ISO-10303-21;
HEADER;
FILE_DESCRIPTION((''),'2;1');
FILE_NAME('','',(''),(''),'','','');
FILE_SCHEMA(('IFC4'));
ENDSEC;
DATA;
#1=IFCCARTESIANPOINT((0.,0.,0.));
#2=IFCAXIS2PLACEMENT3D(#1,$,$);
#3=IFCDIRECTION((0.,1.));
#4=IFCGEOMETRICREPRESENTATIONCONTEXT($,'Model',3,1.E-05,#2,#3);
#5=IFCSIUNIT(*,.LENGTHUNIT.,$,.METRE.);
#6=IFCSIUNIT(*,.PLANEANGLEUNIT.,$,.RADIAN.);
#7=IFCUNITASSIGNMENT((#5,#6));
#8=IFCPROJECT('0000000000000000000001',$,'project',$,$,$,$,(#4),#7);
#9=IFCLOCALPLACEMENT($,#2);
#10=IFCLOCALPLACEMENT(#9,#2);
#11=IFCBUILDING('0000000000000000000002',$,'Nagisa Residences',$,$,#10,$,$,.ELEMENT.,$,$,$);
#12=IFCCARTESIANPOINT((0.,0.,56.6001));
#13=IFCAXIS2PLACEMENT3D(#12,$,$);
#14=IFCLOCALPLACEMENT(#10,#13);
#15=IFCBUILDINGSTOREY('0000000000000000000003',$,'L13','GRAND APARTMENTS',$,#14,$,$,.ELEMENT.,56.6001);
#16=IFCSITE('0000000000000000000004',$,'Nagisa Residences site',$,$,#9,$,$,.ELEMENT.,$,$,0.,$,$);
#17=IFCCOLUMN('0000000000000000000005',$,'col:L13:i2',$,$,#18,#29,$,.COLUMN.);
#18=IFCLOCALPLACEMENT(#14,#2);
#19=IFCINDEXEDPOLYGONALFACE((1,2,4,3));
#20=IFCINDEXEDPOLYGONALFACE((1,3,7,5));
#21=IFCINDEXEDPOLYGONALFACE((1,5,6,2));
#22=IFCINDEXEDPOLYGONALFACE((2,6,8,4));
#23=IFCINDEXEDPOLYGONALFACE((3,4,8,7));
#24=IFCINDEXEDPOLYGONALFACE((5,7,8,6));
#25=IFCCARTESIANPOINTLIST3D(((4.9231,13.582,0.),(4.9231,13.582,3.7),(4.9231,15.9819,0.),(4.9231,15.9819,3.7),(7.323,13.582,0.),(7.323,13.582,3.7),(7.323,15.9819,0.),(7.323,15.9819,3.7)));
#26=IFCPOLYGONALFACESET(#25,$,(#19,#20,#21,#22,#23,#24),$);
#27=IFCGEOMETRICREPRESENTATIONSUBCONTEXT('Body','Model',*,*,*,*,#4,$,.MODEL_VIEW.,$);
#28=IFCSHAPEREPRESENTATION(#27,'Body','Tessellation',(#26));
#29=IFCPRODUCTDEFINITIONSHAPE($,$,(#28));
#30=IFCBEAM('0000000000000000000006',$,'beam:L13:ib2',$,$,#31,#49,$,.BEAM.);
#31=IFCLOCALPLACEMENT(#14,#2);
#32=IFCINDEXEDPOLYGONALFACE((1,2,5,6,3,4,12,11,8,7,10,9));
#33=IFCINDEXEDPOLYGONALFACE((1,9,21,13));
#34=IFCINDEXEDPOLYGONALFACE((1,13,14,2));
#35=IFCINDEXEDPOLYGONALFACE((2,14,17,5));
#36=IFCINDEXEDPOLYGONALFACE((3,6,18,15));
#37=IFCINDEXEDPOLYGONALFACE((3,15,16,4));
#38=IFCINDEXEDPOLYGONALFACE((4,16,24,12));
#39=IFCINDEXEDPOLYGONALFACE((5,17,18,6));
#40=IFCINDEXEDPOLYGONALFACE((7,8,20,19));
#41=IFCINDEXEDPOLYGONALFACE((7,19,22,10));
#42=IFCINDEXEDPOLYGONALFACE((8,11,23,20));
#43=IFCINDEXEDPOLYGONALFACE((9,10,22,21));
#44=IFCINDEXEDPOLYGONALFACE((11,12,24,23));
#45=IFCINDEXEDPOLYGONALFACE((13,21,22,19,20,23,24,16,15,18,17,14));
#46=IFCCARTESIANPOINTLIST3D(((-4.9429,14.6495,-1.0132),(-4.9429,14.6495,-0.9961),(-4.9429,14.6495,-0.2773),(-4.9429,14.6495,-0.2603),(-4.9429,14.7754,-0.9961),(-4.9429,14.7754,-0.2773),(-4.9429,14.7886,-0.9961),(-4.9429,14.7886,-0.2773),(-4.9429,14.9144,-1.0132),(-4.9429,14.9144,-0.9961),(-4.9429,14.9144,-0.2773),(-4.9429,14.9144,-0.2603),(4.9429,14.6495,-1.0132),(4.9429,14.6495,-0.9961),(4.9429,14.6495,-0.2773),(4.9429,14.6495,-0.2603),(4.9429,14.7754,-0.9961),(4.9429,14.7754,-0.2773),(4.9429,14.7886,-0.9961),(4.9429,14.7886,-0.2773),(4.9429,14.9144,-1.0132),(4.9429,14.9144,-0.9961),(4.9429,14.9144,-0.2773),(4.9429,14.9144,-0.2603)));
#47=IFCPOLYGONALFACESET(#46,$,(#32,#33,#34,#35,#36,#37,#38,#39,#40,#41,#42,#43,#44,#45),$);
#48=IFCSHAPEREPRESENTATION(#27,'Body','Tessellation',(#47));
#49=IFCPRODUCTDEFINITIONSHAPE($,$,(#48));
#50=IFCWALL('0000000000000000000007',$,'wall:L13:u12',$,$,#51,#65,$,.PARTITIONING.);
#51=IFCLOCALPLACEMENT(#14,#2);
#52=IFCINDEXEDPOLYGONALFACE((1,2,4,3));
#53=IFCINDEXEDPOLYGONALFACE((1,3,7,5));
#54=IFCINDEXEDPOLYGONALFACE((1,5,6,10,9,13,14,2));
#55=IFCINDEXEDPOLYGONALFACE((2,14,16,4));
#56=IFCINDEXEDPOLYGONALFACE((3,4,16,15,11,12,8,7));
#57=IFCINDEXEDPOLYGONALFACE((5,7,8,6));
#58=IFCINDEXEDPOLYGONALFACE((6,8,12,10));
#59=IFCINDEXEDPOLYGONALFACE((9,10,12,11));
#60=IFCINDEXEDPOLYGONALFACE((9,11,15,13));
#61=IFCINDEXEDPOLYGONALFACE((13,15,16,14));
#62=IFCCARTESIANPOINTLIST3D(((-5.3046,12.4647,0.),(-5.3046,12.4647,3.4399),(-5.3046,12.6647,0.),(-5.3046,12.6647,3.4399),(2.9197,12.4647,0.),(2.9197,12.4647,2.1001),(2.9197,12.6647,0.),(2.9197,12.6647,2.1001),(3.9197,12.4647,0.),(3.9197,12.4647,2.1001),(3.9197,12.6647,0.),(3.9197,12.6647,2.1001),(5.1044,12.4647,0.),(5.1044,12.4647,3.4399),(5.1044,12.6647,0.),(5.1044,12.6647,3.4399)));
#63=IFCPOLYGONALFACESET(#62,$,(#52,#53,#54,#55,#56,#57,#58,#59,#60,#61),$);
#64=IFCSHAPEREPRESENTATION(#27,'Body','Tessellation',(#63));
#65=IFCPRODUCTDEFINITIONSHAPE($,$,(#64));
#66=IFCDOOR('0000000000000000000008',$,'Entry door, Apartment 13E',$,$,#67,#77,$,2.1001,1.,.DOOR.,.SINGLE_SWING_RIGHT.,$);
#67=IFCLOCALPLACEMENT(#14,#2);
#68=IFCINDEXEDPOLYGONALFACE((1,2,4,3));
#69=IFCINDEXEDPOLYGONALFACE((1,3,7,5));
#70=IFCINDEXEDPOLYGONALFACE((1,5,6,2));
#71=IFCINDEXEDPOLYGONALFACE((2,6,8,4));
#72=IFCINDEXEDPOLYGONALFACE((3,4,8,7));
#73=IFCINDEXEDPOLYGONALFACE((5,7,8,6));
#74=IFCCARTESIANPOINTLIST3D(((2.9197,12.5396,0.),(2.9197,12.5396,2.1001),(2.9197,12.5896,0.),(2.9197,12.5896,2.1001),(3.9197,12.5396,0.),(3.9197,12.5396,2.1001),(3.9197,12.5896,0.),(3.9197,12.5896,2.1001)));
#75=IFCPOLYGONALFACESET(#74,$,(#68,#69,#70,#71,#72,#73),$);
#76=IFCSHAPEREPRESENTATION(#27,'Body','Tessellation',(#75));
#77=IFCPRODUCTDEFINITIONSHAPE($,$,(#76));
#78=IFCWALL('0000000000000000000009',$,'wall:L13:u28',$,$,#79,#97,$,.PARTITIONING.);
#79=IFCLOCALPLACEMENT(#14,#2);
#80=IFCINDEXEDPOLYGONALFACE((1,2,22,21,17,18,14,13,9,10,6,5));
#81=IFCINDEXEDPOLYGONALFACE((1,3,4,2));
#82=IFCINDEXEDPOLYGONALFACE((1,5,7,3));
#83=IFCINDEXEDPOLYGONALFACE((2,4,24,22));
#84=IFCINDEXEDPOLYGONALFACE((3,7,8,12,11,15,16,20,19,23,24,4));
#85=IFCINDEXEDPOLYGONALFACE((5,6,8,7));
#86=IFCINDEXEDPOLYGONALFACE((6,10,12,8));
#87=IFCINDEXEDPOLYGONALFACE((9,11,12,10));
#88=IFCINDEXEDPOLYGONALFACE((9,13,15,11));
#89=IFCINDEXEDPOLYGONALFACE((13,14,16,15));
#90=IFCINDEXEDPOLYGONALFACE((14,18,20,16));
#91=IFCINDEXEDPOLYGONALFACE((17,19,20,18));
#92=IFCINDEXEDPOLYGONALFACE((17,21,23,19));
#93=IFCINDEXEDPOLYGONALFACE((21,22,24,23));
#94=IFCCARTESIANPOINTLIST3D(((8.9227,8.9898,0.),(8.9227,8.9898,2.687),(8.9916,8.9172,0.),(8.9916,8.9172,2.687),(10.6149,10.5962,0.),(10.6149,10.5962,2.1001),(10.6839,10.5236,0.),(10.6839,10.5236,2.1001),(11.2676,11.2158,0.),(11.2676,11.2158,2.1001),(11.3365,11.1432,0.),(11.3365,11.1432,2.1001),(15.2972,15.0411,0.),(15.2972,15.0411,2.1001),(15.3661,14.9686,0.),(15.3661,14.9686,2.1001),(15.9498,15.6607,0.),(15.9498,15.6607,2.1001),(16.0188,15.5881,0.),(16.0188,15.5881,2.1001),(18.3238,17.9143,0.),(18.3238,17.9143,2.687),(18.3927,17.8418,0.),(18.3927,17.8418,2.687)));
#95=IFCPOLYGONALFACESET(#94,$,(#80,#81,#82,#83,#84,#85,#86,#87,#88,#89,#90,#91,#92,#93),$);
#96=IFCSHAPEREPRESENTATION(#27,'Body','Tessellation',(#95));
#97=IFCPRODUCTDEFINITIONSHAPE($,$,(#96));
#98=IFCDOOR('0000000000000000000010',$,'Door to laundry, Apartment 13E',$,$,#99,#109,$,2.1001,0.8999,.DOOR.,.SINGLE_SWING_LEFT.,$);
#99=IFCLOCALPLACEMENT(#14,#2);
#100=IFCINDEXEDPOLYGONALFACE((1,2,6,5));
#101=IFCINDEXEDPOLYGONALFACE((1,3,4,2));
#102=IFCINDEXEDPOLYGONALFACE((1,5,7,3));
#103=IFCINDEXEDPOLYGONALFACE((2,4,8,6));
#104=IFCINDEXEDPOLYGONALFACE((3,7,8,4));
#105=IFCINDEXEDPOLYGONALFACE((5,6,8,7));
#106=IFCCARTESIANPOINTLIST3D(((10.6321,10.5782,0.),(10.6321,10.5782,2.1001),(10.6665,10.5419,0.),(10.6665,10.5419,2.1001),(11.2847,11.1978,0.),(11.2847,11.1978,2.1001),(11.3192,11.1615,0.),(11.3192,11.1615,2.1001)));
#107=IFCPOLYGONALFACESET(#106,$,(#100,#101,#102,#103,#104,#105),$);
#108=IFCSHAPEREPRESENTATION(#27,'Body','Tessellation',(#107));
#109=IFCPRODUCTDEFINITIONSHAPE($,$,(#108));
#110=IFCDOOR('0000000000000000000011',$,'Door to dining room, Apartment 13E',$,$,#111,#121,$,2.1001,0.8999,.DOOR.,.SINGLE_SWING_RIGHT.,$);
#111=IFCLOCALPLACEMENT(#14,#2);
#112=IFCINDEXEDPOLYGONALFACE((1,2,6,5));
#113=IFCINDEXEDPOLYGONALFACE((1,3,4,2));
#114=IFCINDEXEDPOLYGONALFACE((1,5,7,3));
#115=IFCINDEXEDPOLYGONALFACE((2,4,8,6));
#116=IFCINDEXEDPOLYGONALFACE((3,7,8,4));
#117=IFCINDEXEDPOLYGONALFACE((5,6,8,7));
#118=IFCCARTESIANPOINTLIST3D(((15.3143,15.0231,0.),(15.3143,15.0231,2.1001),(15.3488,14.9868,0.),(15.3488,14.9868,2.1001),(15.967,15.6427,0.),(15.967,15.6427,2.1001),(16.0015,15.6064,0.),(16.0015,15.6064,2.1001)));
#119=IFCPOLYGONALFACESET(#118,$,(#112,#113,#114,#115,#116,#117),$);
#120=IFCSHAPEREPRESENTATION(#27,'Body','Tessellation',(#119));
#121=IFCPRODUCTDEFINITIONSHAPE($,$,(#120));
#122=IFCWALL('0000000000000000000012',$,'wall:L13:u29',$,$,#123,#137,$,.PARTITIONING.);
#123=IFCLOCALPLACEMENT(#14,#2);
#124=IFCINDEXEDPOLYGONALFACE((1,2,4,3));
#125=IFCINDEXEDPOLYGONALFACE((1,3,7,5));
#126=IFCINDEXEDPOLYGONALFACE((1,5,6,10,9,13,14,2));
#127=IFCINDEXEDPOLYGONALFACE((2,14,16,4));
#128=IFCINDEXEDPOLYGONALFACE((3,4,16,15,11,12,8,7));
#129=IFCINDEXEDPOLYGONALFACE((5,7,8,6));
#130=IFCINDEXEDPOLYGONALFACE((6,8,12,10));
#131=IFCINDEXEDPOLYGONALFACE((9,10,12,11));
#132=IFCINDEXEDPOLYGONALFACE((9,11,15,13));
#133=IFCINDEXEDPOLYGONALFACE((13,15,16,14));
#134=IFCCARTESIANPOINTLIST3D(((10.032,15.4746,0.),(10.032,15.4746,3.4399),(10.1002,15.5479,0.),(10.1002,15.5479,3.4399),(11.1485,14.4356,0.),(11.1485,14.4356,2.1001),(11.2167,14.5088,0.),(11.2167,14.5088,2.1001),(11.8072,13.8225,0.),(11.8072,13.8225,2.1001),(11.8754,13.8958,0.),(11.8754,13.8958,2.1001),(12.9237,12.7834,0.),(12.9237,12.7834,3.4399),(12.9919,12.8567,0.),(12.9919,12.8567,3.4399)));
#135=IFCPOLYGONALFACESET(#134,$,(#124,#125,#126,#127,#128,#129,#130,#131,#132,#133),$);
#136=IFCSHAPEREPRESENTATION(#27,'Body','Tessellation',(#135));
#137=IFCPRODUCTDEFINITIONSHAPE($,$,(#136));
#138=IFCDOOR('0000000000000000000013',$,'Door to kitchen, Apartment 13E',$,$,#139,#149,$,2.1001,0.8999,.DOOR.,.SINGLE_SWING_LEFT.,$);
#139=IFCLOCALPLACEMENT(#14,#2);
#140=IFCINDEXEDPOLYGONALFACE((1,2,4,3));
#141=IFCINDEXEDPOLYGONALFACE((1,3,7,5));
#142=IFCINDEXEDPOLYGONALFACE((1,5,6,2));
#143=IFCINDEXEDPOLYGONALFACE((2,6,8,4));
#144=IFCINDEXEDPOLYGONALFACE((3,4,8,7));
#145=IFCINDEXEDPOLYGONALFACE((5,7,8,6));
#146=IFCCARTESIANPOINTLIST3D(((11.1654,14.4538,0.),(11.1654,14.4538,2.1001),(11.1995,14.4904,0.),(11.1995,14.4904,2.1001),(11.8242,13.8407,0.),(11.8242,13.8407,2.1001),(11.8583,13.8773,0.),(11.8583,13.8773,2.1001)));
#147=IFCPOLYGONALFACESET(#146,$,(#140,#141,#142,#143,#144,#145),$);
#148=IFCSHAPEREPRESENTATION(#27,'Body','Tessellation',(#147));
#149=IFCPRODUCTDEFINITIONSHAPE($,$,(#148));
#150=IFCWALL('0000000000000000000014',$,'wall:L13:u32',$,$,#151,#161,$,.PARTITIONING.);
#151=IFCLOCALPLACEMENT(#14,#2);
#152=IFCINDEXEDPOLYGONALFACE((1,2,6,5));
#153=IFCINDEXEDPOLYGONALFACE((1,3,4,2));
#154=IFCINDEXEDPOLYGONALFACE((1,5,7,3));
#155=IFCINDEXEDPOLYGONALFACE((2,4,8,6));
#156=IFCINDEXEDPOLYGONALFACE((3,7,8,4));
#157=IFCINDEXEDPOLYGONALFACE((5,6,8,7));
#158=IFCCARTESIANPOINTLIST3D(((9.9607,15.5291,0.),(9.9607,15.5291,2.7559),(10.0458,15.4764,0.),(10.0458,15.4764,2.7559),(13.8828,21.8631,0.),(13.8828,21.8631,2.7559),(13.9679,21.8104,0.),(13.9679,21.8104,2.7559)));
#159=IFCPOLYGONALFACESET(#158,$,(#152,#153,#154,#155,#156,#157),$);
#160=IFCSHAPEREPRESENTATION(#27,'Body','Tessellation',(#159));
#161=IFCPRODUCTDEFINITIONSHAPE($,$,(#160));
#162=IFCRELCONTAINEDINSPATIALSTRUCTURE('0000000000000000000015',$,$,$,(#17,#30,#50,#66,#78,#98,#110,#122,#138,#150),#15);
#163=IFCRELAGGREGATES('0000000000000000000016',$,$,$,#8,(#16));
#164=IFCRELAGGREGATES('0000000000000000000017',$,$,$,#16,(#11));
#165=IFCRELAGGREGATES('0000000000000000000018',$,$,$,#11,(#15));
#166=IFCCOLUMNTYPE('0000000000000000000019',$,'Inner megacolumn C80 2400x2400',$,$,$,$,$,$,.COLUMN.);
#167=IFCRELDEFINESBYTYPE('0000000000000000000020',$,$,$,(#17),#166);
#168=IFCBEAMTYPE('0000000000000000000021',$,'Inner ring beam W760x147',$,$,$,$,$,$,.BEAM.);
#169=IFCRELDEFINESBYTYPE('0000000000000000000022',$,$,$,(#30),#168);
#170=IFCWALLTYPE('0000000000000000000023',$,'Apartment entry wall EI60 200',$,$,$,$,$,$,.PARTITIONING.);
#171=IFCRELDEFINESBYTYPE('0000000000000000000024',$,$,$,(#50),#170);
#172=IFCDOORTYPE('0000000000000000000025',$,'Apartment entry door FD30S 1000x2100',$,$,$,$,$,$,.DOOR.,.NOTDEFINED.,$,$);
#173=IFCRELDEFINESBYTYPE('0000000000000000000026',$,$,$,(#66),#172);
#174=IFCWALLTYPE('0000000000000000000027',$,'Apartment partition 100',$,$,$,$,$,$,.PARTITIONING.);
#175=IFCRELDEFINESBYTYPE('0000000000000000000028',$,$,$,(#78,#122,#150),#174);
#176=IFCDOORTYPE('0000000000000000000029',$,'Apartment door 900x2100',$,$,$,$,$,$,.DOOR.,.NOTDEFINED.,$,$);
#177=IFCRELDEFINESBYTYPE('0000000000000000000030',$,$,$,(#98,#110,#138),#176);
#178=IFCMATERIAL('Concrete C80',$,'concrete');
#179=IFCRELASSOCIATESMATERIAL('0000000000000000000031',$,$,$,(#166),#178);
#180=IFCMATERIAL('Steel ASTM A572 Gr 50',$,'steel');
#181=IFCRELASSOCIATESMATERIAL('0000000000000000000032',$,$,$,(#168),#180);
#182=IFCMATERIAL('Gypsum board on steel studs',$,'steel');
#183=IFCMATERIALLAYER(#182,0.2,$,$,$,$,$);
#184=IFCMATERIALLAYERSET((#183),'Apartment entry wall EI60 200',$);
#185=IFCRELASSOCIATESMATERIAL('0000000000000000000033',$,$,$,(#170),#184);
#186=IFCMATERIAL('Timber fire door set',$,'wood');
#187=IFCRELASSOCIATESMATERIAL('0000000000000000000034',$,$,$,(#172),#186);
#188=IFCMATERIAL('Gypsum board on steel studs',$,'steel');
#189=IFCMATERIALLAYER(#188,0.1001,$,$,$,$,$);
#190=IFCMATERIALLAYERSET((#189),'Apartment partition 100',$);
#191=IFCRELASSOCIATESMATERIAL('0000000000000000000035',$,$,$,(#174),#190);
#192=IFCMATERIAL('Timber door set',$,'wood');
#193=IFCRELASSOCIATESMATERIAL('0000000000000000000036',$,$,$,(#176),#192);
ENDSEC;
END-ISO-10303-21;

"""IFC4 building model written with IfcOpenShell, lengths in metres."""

from ifc_helpers import new_model, si_unit, direction, frame, frame_2d, origin, origin_2d, place, context, subcontext, project, spatial, rectangle, i_section, extrude, material, layer, layer_set, material_profile, profile_set, type_object, element, fill, save


model = new_model("IFC4")

# Units and contexts
model_context = context("Model", 3, precision=1e-05, world=origin(), true_north=direction((0.0, 1.0)))
body_context = subcontext(model_context, "Body", "Model", "MODEL_VIEW")
ifc_project = project(units=[si_unit("LENGTHUNIT", "METRE"), si_unit("PLANEANGLEUNIT", "RADIAN")], contexts=[model_context])

# Site, building, storey
site_placement = place(None, origin())
site = spatial("IfcSite", under=ifc_project, at=site_placement, Name="Nagisa Residences site", CompositionType="ELEMENT", RefElevation=0.0)
building_placement = place(site_placement, origin())
building = spatial("IfcBuilding", under=site, at=building_placement, Name="Nagisa Residences", CompositionType="ELEMENT")
storey_placement = place(building_placement, frame((0.0, 0.0, 56.6001)))
storey = spatial("IfcBuildingStorey", under=building, at=storey_placement, Name="L13", Description="GRAND APARTMENTS", CompositionType="ELEMENT", Elevation=56.6001)

# Column
ifc_material_1 = material(Name="Concrete C80", Category="concrete")
ifc_material_profile_1 = material_profile(ifc_material_1, rectangle(XDim=2.3999, YDim=2.3999, at=origin_2d()), Name="C80 2400x2400")
ifc_profile_set_1 = profile_set([ifc_material_profile_1], Name="Concrete C80")
column_type = type_object("IfcColumnType", Name="Inner megacolumn C80 2400x2400", PredefinedType="COLUMN", material=ifc_profile_set_1)
column_placement = place(storey_placement, frame((6.123, 14.782, 0.0), z_axis=(0.0, 0.0, 1.0), x_axis=(1.0, 0.0, 0.0)))
element("IfcColumn", 1, at=column_placement, inside=storey, type_object=column_type, Name="col:L13:i2", PredefinedType="COLUMN", context=body_context, shape_type="SweptSolid", body=[
    extrude(rectangle(XDim=2.3999, YDim=2.3999, at=origin_2d()), origin(), (0.0, 0.0, 1.0), 3.7),
])

# Beam
ifc_material_2 = material(Name="Steel ASTM A572 Gr 50", Category="steel")
ifc_material_profile_2 = material_profile(ifc_material_2, i_section(OverallWidth=0.2649, OverallDepth=0.7529, WebThickness=0.0132, FlangeThickness=0.0171, at=origin_2d()), Name="W760x147")
ifc_profile_set_2 = profile_set([ifc_material_profile_2], Name="Steel ASTM A572 Gr 50")
beam_type = type_object("IfcBeamType", Name="Inner ring beam W760x147", PredefinedType="BEAM", material=ifc_profile_set_2)
beam_placement = place(storey_placement, frame((4.9429, 14.782, -0.6367), z_axis=(-1.0, 0.0, 0.0), x_axis=(0.0, -1.0, 0.0)))
element("IfcBeam", 2, at=beam_placement, inside=storey, type_object=beam_type, Name="beam:L13:ib2", PredefinedType="BEAM", context=body_context, shape_type="SweptSolid", body=[
    extrude(i_section(OverallWidth=0.2649, OverallDepth=0.7529, WebThickness=0.0132, FlangeThickness=0.0171, at=origin_2d()), origin(), (0.0, 0.0, 1.0), 9.8857),
])

# Wall, opening, door
ifc_material_3 = material(Name="Gypsum board on steel studs", Category="steel")
ifc_layer_1 = layer(ifc_material_3, 0.2)
ifc_layer_set_1 = layer_set([ifc_layer_1], Name="Apartment entry wall EI60 200")
wall_type_1 = type_object("IfcWallType", Name="Apartment entry wall EI60 200", PredefinedType="PARTITIONING", material=ifc_layer_set_1)
wall_1_placement = place(storey_placement, frame((5.1045, 12.5647, 0.0), z_axis=(0.0, 0.0, 1.0), x_axis=(-1.0, 0.0, 0.0)))
wall_1 = element("IfcWall", 3, at=wall_1_placement, inside=storey, type_object=wall_type_1, Name="wall:L13:u12", PredefinedType="PARTITIONING", context=body_context, shape_type="SweptSolid", body=[
    extrude(rectangle(XDim=10.4089, YDim=0.2, at=frame_2d((5.2046, 0.0))), origin(), (0.0, 0.0, 1.0), 3.4399),
])
opening_1_placement = place(wall_1_placement, frame((1.1848, 0.0, 0.0)))
opening_1 = element("IfcOpeningElement", 4, at=opening_1_placement, cuts=wall_1, PredefinedType="OPENING", context=body_context, shape_type="SweptSolid", body=[
    extrude(rectangle(XDim=1.0, YDim=2.1001, at=frame_2d((0.5, 1.05))), frame((0.0, 0.1099, 0.0), z_axis=(0.0, -1.0, 0.0), x_axis=(1.0, 0.0, 0.0)), (0.0, 0.0, 1.0), 0.22),
])
ifc_material_4 = material(Name="Timber fire door set", Category="wood")
door_type_1 = type_object("IfcDoorType", Name="Apartment entry door FD30S 1000x2100", OperationType="NOTDEFINED", PredefinedType="DOOR", material=ifc_material_4)
door_1_placement = place(opening_1_placement, frame((1.0, 0.0, 0.0), x_axis=(-1.0, 0.0, 0.0)))
door_1 = element("IfcDoor", 5, at=door_1_placement, inside=storey, type_object=door_type_1, Name="Entry door, Apartment 13E", OperationType="SINGLE_SWING_RIGHT", OverallHeight=2.1001, OverallWidth=1.0, PredefinedType="DOOR", context=body_context, shape_type="SweptSolid", body=[
    extrude(rectangle(XDim=1.0, YDim=2.1001, at=frame_2d((0.5, 1.05))), frame((0.0, 0.0249, 0.0), z_axis=(0.0, -1.0, 0.0), x_axis=(1.0, 0.0, 0.0)), (0.0, 0.0, 1.0), 0.05),
])
fill(opening_1, door_1)

# Wall, openings, doors
ifc_material_5 = material(Name="Gypsum board on steel studs", Category="steel")
ifc_layer_2 = layer(ifc_material_5, 0.1001)
ifc_layer_set_2 = layer_set([ifc_layer_2], Name="Apartment partition 100")
wall_type_2 = type_object("IfcWallType", Name="Apartment partition 100", PredefinedType="PARTITIONING", material=ifc_layer_set_2)
wall_2_placement = place(storey_placement, frame((8.957, 8.9534, 0.0), z_axis=(0.0, 0.0, 1.0), x_axis=(0.72525, 0.688486, 0.0)))
wall_2 = element("IfcWall", 6, at=wall_2_placement, inside=storey, type_object=wall_type_2, Name="wall:L13:u28", PredefinedType="PARTITIONING", context=body_context, shape_type="SweptSolid", body=[
    extrude(rectangle(XDim=12.9626, YDim=0.1001, at=frame_2d((6.4814, 0.0))), origin(), (0.0, 0.0, 1.0), 2.687),
])
opening_2_placement = place(wall_2_placement, frame((2.3335, 0.0, 0.0)))
opening_2 = element("IfcOpeningElement", 7, at=opening_2_placement, cuts=wall_2, PredefinedType="OPENING", context=body_context, shape_type="SweptSolid", body=[
    extrude(rectangle(XDim=0.8999, YDim=2.1001, at=frame_2d((0.45, 1.05))), frame((0.0, 0.0601, 0.0), z_axis=(0.0, -1.0, 0.0), x_axis=(1.0, 0.0, 0.0)), (0.0, 0.0, 1.0), 0.1201),
])
opening_3_placement = place(wall_2_placement, frame((8.7896, 0.0, 0.0)))
opening_3 = element("IfcOpeningElement", 8, at=opening_3_placement, cuts=wall_2, PredefinedType="OPENING", context=body_context, shape_type="SweptSolid", body=[
    extrude(rectangle(XDim=0.8999, YDim=2.1001, at=frame_2d((0.45, 1.05))), frame((0.0, 0.0601, 0.0), z_axis=(0.0, -1.0, 0.0), x_axis=(1.0, 0.0, 0.0)), (0.0, 0.0, 1.0), 0.1201),
])
ifc_material_6 = material(Name="Timber door set", Category="wood")
door_type_2 = type_object("IfcDoorType", Name="Apartment door 900x2100", OperationType="NOTDEFINED", PredefinedType="DOOR", material=ifc_material_6)
door_2_placement = place(opening_2_placement, frame((0.8999, 0.0, 0.0), x_axis=(-1.0, 0.0, 0.0)))
door_2 = element("IfcDoor", 9, at=door_2_placement, inside=storey, type_object=door_type_2, Name="Door to laundry, Apartment 13E", OperationType="SINGLE_SWING_LEFT", OverallHeight=2.1001, OverallWidth=0.8999, PredefinedType="DOOR", context=body_context, shape_type="SweptSolid", body=[
    extrude(rectangle(XDim=0.8999, YDim=2.1001, at=frame_2d((0.45, 1.05))), frame((0.0, 0.0249, 0.0), z_axis=(0.0, -1.0, 0.0), x_axis=(1.0, 0.0, 0.0)), (0.0, 0.0, 1.0), 0.05),
])
fill(opening_2, door_2)
door_3_placement = place(opening_3_placement, frame((0.8999, 0.0, 0.0), x_axis=(-1.0, 0.0, 0.0)))
door_3 = element("IfcDoor", 10, at=door_3_placement, inside=storey, type_object=door_type_2, Name="Door to dining room, Apartment 13E", OperationType="SINGLE_SWING_RIGHT", OverallHeight=2.1001, OverallWidth=0.8999, PredefinedType="DOOR", context=body_context, shape_type="SweptSolid", body=[
    extrude(rectangle(XDim=0.8999, YDim=2.1001, at=frame_2d((0.45, 1.05))), frame((0.0, 0.0249, 0.0), z_axis=(0.0, -1.0, 0.0), x_axis=(1.0, 0.0, 0.0)), (0.0, 0.0, 1.0), 0.05),
])
fill(opening_3, door_3)

# Wall, opening, door
wall_3_placement = place(storey_placement, frame((12.9578, 12.8201, 0.0), z_axis=(0.0, 0.0, 1.0), x_axis=(-0.732023, 0.68128, 0.0)))
wall_3 = element("IfcWall", 11, at=wall_3_placement, inside=storey, type_object=wall_type_2, Name="wall:L13:u29", PredefinedType="PARTITIONING", context=body_context, shape_type="SweptSolid", body=[
    extrude(rectangle(XDim=3.9502, YDim=0.1001, at=frame_2d((1.9751, 0.0))), origin(), (0.0, 0.0, 1.0), 3.4399),
])
opening_4_placement = place(wall_3_placement, frame((1.5251, 0.0, 0.0)))
opening_4 = element("IfcOpeningElement", 12, at=opening_4_placement, cuts=wall_3, PredefinedType="OPENING", context=body_context, shape_type="SweptSolid", body=[
    extrude(rectangle(XDim=0.8999, YDim=2.1001, at=frame_2d((0.45, 1.05))), frame((0.0, 0.0601, 0.0), z_axis=(0.0, -1.0, 0.0), x_axis=(1.0, 0.0, 0.0)), (0.0, 0.0, 1.0), 0.1201),
])
door_4_placement = place(opening_4_placement, frame((0.8999, 0.0, 0.0), x_axis=(-1.0, 0.0, 0.0)))
door_4 = element("IfcDoor", 13, at=door_4_placement, inside=storey, type_object=door_type_2, Name="Door to kitchen, Apartment 13E", OperationType="SINGLE_SWING_LEFT", OverallHeight=2.1001, OverallWidth=0.8999, PredefinedType="DOOR", context=body_context, shape_type="SweptSolid", body=[
    extrude(rectangle(XDim=0.8999, YDim=2.1001, at=frame_2d((0.45, 1.05))), frame((0.0, 0.0249, 0.0), z_axis=(0.0, -1.0, 0.0), x_axis=(1.0, 0.0, 0.0)), (0.0, 0.0, 1.0), 0.05),
])
fill(opening_4, door_4)

# Wall
wall_4_placement = place(storey_placement, frame((10.0032, 15.5027, 0.0), z_axis=(0.0, 0.0, 1.0), x_axis=(0.52646, 0.8502, 0.0)))
element("IfcWall", 14, at=wall_4_placement, inside=storey, type_object=wall_type_2, Name="wall:L13:u32", PredefinedType="PARTITIONING", context=body_context, shape_type="SweptSolid", body=[
    extrude(rectangle(XDim=7.45, YDim=0.1001, at=frame_2d((3.7251, 0.0))), origin(), (0.0, 0.0, 1.0), 2.7559),
])

save(model, "model.ifc")
